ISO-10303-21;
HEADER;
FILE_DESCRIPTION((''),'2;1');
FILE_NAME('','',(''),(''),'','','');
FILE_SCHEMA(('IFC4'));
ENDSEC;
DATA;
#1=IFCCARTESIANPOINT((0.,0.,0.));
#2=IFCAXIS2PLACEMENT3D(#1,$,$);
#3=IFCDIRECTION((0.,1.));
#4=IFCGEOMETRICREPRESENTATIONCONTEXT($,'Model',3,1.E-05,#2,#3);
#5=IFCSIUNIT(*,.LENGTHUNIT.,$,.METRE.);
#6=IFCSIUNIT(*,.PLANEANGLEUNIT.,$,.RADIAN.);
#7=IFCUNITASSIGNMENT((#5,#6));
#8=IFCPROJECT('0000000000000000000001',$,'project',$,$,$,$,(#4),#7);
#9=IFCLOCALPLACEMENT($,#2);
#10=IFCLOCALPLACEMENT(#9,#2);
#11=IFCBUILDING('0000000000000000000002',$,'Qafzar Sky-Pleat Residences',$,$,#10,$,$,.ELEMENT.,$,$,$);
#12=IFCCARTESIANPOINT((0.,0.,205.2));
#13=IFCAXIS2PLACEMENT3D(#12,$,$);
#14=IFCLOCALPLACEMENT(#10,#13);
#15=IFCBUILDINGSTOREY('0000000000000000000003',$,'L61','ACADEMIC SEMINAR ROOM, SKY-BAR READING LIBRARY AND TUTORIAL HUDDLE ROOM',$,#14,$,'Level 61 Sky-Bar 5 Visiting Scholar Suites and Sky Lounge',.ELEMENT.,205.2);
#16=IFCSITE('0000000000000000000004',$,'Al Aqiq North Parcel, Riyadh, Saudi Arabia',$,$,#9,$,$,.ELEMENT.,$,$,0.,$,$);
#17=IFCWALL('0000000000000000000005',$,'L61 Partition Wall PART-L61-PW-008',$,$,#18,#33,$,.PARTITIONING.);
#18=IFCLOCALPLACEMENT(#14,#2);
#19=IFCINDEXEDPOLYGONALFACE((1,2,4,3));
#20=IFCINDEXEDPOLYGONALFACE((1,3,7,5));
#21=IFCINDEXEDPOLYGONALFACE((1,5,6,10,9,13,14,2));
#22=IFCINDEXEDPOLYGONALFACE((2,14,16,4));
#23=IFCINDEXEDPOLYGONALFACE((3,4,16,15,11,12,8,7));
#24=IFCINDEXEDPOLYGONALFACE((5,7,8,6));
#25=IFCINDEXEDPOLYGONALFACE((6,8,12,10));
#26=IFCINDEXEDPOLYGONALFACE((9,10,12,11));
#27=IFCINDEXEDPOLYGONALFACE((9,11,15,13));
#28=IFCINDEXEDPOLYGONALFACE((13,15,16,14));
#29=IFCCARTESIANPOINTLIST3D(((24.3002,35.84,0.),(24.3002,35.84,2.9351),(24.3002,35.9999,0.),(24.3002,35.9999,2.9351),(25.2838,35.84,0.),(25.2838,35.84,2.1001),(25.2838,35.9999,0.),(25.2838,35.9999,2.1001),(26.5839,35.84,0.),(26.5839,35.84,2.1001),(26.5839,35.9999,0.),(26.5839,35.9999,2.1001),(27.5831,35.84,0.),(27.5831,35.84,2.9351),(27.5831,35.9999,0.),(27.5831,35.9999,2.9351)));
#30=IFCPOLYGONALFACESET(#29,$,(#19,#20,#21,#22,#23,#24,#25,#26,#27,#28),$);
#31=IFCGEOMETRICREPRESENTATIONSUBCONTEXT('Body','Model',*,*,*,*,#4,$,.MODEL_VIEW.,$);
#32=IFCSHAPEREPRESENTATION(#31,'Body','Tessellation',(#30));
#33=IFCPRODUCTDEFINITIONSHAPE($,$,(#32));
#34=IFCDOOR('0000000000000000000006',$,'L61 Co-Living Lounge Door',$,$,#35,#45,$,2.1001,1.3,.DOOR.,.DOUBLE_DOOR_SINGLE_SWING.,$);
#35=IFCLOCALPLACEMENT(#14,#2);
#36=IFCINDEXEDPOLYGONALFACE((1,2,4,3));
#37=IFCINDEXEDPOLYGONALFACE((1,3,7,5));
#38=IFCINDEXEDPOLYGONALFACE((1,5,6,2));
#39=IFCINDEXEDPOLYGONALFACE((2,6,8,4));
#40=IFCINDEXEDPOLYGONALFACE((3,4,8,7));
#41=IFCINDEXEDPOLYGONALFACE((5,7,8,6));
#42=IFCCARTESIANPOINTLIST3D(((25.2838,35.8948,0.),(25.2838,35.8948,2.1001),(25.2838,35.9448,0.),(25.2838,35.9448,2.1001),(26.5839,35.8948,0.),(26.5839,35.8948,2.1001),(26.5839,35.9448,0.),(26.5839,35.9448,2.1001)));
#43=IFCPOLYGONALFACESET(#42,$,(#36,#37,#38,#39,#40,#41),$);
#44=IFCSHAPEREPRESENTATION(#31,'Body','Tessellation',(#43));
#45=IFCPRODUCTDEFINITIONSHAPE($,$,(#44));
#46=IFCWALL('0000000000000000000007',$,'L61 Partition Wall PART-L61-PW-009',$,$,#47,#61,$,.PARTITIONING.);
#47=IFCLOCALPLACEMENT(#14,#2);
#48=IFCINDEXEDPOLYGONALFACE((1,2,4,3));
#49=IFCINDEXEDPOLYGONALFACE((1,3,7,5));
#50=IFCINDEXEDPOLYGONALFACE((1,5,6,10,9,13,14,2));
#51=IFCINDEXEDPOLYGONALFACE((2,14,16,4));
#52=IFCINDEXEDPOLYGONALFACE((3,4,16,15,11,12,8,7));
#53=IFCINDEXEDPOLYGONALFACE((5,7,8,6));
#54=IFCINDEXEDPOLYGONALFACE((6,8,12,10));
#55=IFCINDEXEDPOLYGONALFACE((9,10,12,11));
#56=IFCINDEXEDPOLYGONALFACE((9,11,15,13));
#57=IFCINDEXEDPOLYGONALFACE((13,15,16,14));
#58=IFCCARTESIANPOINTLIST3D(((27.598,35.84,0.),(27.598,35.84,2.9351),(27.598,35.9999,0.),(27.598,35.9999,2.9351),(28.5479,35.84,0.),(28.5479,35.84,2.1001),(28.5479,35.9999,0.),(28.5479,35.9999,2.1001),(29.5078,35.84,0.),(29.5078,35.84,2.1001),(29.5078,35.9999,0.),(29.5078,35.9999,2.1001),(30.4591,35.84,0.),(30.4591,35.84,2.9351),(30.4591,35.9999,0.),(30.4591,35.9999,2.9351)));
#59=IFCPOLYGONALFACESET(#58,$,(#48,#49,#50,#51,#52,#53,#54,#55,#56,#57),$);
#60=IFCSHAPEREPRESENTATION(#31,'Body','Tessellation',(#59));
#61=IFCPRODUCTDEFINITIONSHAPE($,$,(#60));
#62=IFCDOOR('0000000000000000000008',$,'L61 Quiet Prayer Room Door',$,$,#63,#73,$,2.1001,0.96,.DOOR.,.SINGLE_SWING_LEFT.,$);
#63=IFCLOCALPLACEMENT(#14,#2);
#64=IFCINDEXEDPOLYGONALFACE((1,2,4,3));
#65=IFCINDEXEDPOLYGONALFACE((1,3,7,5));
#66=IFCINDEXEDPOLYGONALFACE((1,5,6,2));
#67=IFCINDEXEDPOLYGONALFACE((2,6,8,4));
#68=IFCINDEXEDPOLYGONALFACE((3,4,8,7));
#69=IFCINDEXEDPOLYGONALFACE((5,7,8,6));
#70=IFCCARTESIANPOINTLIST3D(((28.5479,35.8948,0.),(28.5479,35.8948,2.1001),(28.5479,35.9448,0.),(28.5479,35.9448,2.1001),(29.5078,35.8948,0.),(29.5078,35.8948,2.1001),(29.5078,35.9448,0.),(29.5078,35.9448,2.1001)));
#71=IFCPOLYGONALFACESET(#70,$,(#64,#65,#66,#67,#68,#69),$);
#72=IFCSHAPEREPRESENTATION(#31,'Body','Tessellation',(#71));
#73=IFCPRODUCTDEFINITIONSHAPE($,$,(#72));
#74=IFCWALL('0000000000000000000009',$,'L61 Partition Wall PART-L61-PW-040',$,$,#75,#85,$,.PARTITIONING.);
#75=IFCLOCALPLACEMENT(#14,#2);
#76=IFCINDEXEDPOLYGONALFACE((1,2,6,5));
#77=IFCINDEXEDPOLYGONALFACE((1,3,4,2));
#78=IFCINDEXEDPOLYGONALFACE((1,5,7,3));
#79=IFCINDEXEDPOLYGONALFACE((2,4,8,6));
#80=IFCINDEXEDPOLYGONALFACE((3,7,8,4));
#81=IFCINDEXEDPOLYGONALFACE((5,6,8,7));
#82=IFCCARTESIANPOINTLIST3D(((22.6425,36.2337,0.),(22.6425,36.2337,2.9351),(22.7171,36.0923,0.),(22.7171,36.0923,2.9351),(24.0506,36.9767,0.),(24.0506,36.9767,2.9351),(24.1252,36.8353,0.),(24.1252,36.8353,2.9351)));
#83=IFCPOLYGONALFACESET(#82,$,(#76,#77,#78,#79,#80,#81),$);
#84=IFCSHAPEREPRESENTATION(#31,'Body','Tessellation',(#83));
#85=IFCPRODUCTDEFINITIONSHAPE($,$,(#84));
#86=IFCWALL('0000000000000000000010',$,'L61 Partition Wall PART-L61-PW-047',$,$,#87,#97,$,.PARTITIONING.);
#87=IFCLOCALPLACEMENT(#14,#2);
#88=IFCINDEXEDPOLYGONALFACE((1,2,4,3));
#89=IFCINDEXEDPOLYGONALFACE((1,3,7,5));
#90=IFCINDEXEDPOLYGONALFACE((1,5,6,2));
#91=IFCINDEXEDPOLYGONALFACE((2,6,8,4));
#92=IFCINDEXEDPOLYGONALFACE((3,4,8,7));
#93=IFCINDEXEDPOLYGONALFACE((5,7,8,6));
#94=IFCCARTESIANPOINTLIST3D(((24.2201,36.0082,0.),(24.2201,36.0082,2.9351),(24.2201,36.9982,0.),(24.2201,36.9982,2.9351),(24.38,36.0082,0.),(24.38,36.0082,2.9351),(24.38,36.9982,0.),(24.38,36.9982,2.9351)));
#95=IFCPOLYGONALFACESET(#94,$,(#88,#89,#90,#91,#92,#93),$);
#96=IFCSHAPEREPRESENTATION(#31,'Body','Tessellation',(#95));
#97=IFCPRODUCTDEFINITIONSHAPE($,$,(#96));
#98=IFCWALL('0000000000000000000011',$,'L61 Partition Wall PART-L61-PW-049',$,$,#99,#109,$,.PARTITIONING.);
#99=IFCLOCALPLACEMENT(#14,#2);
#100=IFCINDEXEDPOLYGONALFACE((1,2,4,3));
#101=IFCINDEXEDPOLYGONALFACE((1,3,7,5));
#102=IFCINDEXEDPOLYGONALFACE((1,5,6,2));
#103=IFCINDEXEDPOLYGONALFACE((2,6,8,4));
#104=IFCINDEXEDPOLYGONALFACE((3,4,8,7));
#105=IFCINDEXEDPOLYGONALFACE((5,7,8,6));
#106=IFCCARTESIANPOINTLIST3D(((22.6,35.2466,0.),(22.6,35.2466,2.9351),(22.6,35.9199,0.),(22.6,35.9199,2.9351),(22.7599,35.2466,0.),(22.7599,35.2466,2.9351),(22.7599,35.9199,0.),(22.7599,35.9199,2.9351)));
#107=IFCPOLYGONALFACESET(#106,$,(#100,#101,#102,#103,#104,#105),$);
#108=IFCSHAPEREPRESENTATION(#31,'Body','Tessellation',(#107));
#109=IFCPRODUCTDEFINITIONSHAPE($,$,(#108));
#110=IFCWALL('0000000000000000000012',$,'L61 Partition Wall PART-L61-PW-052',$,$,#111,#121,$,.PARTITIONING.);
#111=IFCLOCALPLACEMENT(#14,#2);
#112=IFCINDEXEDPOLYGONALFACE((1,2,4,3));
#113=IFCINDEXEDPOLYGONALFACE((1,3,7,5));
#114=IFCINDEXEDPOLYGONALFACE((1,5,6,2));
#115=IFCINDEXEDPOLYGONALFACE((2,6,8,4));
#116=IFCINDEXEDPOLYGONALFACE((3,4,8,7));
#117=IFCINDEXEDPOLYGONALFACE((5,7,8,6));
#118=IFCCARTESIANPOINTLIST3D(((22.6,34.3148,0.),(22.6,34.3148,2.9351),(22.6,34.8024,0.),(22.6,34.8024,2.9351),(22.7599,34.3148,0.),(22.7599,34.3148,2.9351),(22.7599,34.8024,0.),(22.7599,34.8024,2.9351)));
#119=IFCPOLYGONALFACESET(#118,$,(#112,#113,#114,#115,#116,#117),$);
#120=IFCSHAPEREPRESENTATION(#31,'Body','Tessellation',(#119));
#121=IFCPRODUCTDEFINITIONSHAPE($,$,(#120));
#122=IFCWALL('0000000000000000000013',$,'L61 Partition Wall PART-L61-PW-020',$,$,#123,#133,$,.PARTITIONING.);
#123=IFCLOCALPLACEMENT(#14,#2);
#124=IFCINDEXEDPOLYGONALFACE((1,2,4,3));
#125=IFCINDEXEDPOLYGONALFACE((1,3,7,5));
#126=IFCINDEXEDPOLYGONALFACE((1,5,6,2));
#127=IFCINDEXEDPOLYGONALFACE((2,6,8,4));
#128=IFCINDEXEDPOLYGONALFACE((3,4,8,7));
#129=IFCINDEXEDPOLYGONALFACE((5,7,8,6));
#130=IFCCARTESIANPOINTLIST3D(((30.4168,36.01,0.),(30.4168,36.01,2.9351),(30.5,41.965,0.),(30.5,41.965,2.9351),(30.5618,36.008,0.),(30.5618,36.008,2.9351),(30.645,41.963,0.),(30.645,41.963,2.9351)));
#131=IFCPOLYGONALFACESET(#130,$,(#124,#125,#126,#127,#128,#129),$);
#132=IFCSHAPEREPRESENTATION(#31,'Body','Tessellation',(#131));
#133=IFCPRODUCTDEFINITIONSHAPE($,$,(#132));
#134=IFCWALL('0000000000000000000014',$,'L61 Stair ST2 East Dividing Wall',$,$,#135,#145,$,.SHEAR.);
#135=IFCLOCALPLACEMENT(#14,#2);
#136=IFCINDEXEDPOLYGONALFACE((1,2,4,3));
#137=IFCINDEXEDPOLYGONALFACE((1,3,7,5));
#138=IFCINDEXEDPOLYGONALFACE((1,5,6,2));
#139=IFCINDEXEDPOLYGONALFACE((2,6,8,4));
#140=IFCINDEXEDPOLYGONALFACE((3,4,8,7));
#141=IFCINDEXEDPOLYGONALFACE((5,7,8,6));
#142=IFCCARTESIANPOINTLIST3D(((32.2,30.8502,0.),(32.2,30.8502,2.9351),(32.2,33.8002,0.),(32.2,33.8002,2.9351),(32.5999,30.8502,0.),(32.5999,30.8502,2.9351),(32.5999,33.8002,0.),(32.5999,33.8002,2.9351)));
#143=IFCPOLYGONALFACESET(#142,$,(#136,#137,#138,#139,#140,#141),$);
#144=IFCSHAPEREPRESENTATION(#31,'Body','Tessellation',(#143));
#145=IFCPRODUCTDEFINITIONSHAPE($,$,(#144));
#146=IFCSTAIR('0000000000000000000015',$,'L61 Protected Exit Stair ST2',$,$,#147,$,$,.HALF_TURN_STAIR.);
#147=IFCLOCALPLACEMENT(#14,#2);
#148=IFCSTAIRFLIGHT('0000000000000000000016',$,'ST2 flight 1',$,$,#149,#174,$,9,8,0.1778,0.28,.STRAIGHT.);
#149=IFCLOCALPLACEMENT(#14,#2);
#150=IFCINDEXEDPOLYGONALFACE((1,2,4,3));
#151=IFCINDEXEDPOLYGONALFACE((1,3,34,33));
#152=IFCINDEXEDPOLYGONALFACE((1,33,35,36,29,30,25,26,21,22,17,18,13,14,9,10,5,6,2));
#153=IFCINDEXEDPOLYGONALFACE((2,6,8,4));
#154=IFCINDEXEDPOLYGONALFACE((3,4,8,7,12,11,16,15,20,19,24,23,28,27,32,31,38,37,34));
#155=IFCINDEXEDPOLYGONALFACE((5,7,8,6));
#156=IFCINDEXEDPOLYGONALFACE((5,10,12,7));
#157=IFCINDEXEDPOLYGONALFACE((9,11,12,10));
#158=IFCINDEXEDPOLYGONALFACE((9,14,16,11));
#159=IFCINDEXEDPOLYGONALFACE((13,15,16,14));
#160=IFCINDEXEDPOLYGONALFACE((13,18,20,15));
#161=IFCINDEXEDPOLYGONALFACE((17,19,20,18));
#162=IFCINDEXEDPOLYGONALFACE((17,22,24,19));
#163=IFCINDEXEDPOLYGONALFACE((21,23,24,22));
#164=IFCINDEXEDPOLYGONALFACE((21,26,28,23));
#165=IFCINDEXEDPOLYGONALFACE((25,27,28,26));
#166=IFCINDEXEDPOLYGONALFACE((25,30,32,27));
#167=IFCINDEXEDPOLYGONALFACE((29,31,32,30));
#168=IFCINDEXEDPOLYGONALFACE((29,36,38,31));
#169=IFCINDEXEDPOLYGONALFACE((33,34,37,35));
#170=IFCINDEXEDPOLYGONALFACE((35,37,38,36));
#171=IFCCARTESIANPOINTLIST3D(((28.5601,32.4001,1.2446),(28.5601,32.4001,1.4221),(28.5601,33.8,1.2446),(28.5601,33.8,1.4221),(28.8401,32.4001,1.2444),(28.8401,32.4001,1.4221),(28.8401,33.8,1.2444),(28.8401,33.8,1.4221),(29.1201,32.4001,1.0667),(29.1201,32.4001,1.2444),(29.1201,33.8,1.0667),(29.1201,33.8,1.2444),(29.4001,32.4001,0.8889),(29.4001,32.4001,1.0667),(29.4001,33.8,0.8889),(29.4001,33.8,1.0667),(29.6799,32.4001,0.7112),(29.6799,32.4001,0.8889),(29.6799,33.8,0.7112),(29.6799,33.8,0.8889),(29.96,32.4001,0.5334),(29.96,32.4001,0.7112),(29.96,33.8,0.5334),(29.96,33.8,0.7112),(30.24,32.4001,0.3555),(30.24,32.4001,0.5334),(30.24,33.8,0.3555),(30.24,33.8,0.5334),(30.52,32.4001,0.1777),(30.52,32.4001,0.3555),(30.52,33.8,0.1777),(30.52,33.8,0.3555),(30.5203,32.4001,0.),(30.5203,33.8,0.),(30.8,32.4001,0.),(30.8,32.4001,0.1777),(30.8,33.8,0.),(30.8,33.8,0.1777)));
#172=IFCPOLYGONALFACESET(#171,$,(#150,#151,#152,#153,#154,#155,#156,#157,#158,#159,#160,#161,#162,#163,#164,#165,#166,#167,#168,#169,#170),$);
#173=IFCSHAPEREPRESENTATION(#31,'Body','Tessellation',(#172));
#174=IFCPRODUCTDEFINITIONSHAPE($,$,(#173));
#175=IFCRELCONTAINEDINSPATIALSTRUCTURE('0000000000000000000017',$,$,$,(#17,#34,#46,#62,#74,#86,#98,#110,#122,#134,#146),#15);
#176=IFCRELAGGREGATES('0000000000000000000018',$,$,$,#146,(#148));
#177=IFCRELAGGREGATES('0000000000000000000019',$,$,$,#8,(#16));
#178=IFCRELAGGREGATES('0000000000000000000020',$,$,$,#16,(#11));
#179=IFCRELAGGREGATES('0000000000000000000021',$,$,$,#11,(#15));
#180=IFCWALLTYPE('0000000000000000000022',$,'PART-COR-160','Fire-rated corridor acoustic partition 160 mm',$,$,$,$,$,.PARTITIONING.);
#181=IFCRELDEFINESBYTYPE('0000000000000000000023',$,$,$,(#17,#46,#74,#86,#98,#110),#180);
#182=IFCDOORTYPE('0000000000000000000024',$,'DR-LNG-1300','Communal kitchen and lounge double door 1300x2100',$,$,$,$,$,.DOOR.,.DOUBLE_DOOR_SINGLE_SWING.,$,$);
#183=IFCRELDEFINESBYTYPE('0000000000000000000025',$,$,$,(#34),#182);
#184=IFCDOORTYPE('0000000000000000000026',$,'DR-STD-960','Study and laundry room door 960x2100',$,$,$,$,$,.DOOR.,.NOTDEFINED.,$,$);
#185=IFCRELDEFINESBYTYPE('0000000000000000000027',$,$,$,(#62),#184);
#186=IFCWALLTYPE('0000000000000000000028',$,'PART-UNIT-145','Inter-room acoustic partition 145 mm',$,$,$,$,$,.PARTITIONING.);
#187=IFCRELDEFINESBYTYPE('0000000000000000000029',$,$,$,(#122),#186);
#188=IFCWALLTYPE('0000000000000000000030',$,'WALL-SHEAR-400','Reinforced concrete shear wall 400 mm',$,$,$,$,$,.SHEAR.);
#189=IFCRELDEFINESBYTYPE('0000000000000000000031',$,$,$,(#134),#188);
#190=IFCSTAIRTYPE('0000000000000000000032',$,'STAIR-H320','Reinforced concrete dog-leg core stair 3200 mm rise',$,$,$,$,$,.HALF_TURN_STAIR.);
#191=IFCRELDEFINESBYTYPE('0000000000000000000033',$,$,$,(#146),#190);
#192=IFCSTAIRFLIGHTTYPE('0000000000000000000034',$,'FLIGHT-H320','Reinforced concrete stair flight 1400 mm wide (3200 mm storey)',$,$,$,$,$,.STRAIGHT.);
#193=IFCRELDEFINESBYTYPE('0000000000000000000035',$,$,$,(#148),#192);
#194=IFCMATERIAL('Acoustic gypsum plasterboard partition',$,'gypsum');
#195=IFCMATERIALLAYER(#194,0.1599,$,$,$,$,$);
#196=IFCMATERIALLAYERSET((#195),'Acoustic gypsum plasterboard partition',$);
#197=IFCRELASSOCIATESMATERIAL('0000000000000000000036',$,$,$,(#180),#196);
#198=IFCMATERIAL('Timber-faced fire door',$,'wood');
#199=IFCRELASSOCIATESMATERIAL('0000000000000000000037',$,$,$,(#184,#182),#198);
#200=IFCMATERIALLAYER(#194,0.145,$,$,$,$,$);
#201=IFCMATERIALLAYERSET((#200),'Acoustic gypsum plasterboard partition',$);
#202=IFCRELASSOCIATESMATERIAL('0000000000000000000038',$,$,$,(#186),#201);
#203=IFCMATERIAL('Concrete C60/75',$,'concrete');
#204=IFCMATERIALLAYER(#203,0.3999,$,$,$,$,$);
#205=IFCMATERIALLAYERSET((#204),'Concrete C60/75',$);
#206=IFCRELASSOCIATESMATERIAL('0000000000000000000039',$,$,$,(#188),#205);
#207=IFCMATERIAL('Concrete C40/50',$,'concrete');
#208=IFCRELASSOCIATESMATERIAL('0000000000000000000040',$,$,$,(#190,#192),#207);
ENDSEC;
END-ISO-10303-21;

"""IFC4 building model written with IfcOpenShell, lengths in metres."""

from ifc_helpers import new_model, si_unit, direction, frame, frame_2d, origin, place, context, subcontext, project, spatial, polyline, rectangle, outline, extrude, source, transform, mapped, material, layer, layer_set, type_object, element, fill, aggregate, save


model = new_model("IFC4")

# Units and contexts
model_context = context("Model", 3, precision=1e-05, world=origin(), true_north=direction((0.0, 1.0)))
body_context = subcontext(model_context, "Body", "Model", "MODEL_VIEW")
ifc_project = project(units=[si_unit("LENGTHUNIT", "METRE"), si_unit("PLANEANGLEUNIT", "RADIAN")], contexts=[model_context])

# Site, building, storey
site_placement = place(None, origin())
site = spatial("IfcSite", under=ifc_project, at=site_placement, Name="Al Aqiq North Parcel, Riyadh, Saudi Arabia", CompositionType="ELEMENT", RefElevation=0.0)
building_placement = place(site_placement, origin())
building = spatial("IfcBuilding", under=site, at=building_placement, Name="Qafzar Sky-Pleat Residences", CompositionType="ELEMENT")
storey_placement = place(building_placement, frame((0.0, 0.0, 205.2)))
storey = spatial("IfcBuildingStorey", under=building, at=storey_placement, Name="L61", Description="ACADEMIC SEMINAR ROOM, SKY-BAR READING LIBRARY AND TUTORIAL HUDDLE ROOM", LongName="Level 61 Sky-Bar 5 Visiting Scholar Suites and Sky Lounge", CompositionType="ELEMENT", Elevation=205.2)

# Walls, openings, doors
ifc_material_1 = material(Name="Acoustic gypsum plasterboard partition", Category="gypsum")
ifc_layer_1 = layer(ifc_material_1, 0.1599)
ifc_layer_set_1 = layer_set([ifc_layer_1], Name="Acoustic gypsum plasterboard partition")
wall_type_1 = type_object("IfcWallType", Name="PART-COR-160", Description="Fire-rated corridor acoustic partition 160 mm", PredefinedType="PARTITIONING", material=ifc_layer_set_1)
ifc_material_2 = material(Name="Timber-faced fire door", Category="wood")
door_type_1 = type_object("IfcDoorType", Name="DR-STD-960", Description="Study and laundry room door 960x2100", OperationType="NOTDEFINED", PredefinedType="DOOR", material=ifc_material_2)
shared_shape_1 = source(origin(), body_context, "Body", "SweptSolid", [
    extrude(rectangle(XDim=0.96, YDim=2.1001, at=frame_2d((0.48, 1.05))), frame((0.0, 0.0249, 0.0), z_axis=(0.0, -1.0, 0.0), x_axis=(1.0, 0.0, 0.0)), (0.0, 0.0, 1.0), 0.05),
])
wall_1_placement = place(storey_placement, frame((24.3, 35.9199, 0.0), z_axis=(0.0, 0.0, 1.0), x_axis=(1.0, 0.0, 0.0)))
wall_1 = element("IfcWall", 1, at=wall_1_placement, inside=storey, type_object=wall_type_1, Name="L61 Partition Wall PART-L61-PW-008", PredefinedType="PARTITIONING", context=body_context, shape_type="SweptSolid", body=[
    extrude(rectangle(XDim=3.283, YDim=0.1599, at=frame_2d((1.6416, 0.0))), origin(), (0.0, 0.0, 1.0), 2.9351),
])
opening_1_placement = place(wall_1_placement, frame((0.9839, 0.0, 0.0)))
opening_1 = element("IfcOpeningElement", 2, at=opening_1_placement, cuts=wall_1, PredefinedType="OPENING", context=body_context, shape_type="SweptSolid", body=[
    extrude(rectangle(XDim=1.3, YDim=2.1001, at=frame_2d((0.6499, 1.05))), frame((0.0, 0.0898, 0.0), z_axis=(0.0, -1.0, 0.0), x_axis=(1.0, 0.0, 0.0)), (0.0, 0.0, 1.0), 0.1799),
])
door_type_2 = type_object("IfcDoorType", Name="DR-LNG-1300", Description="Communal kitchen and lounge double door 1300x2100", OperationType="DOUBLE_DOOR_SINGLE_SWING", PredefinedType="DOOR", material=ifc_material_2)
shared_shape_2 = source(origin(), body_context, "Body", "SweptSolid", [
    extrude(rectangle(XDim=1.3, YDim=2.1001, at=frame_2d((0.6499, 1.05))), frame((0.0, 0.0249, 0.0), z_axis=(0.0, -1.0, 0.0), x_axis=(1.0, 0.0, 0.0)), (0.0, 0.0, 1.0), 0.05),
])
door_1_placement = place(opening_1_placement, origin())
door_1 = element("IfcDoor", 3, at=door_1_placement, inside=storey, type_object=door_type_2, Name="L61 Co-Living Lounge Door", OperationType="DOUBLE_DOOR_SINGLE_SWING", OverallHeight=2.1001, OverallWidth=1.3, PredefinedType="DOOR", context=body_context, shape_type="MappedRepresentation", body=[
    mapped(shared_shape_2, transform((0.0, 0.0, 0.0), x_axis=(1.0, 0.0, 0.0), y_axis=(0.0, 1.0, 0.0), z_axis=(0.0, 0.0, 1.0), scale=1.0)),
])
fill(opening_1, door_1)
wall_2_placement = place(storey_placement, frame((27.5979, 35.9199, 0.0), z_axis=(0.0, 0.0, 1.0), x_axis=(1.0, 0.0, 0.0)))
wall_2 = element("IfcWall", 4, at=wall_2_placement, inside=storey, type_object=wall_type_1, Name="L61 Partition Wall PART-L61-PW-009", PredefinedType="PARTITIONING", context=body_context, shape_type="SweptSolid", body=[
    extrude(rectangle(XDim=2.8611, YDim=0.1599, at=frame_2d((1.4307, 0.0))), origin(), (0.0, 0.0, 1.0), 2.9351),
])
opening_2_placement = place(wall_2_placement, frame((0.95, 0.0, 0.0)))
opening_2 = element("IfcOpeningElement", 5, at=opening_2_placement, cuts=wall_2, PredefinedType="OPENING", context=body_context, shape_type="SweptSolid", body=[
    extrude(rectangle(XDim=0.96, YDim=2.1001, at=frame_2d((0.48, 1.05))), frame((0.0, 0.0898, 0.0), z_axis=(0.0, -1.0, 0.0), x_axis=(1.0, 0.0, 0.0)), (0.0, 0.0, 1.0), 0.1799),
])
door_2_placement = place(opening_2_placement, origin())
door_2 = element("IfcDoor", 6, at=door_2_placement, inside=storey, type_object=door_type_1, Name="L61 Quiet Prayer Room Door", OperationType="SINGLE_SWING_LEFT", OverallHeight=2.1001, OverallWidth=0.96, PredefinedType="DOOR", context=body_context, shape_type="MappedRepresentation", body=[
    mapped(shared_shape_1, transform((0.0, 0.0, 0.0), x_axis=(1.0, 0.0, 0.0), y_axis=(0.0, 1.0, 0.0), z_axis=(0.0, 0.0, 1.0), scale=1.0)),
])
fill(opening_2, door_2)

# Walls
wall_3_placement = place(storey_placement, frame((22.6799, 36.1631, 0.0), z_axis=(0.0, 0.0, 1.0), x_axis=(0.884429, 0.466675, 0.0)))
element("IfcWall", 7, at=wall_3_placement, inside=storey, type_object=wall_type_1, Name="L61 Partition Wall PART-L61-PW-040", PredefinedType="PARTITIONING", context=body_context, shape_type="SweptSolid", body=[
    extrude(rectangle(XDim=1.592, YDim=0.1599, at=frame_2d((0.7959, 0.0))), origin(), (0.0, 0.0, 1.0), 2.9351),
])
wall_4_placement = place(storey_placement, frame((24.3, 36.0081, 0.0), z_axis=(0.0, 0.0, 1.0), x_axis=(0.0, 1.0, 0.0)))
element("IfcWall", 8, at=wall_4_placement, inside=storey, type_object=wall_type_1, Name="L61 Partition Wall PART-L61-PW-047", PredefinedType="PARTITIONING", context=body_context, shape_type="SweptSolid", body=[
    extrude(rectangle(XDim=0.99, YDim=0.1599, at=frame_2d((0.4951, 0.0))), origin(), (0.0, 0.0, 1.0), 2.9351),
])
wall_5_placement = place(storey_placement, frame((22.6799, 35.2466, 0.0), z_axis=(0.0, 0.0, 1.0), x_axis=(0.0, 1.0, 0.0)))
element("IfcWall", 9, at=wall_5_placement, inside=storey, type_object=wall_type_1, Name="L61 Partition Wall PART-L61-PW-049", PredefinedType="PARTITIONING", context=body_context, shape_type="SweptSolid", body=[
    extrude(rectangle(XDim=0.6733, YDim=0.1599, at=frame_2d((0.3367, 0.0))), origin(), (0.0, 0.0, 1.0), 2.9351),
])
wall_6_placement = place(storey_placement, frame((22.6799, 34.3149, 0.0), z_axis=(0.0, 0.0, 1.0), x_axis=(0.0, 1.0, 0.0)))
element("IfcWall", 10, at=wall_6_placement, inside=storey, type_object=wall_type_1, Name="L61 Partition Wall PART-L61-PW-052", PredefinedType="PARTITIONING", context=body_context, shape_type="SweptSolid", body=[
    extrude(rectangle(XDim=0.4875, YDim=0.1599, at=frame_2d((0.2437, 0.0))), origin(), (0.0, 0.0, 1.0), 2.9351),
])
ifc_layer_2 = layer(ifc_material_1, 0.145)
ifc_layer_set_2 = layer_set([ifc_layer_2], Name="Acoustic gypsum plasterboard partition")
wall_type_2 = type_object("IfcWallType", Name="PART-UNIT-145", Description="Inter-room acoustic partition 145 mm", PredefinedType="PARTITIONING", material=ifc_layer_set_2)
wall_7_placement = place(storey_placement, frame((30.4893, 36.009, 0.0), z_axis=(0.0, 0.0, 1.0), x_axis=(0.013979, 0.999902, 0.0)))
element("IfcWall", 11, at=wall_7_placement, inside=storey, type_object=wall_type_2, Name="L61 Partition Wall PART-L61-PW-020", PredefinedType="PARTITIONING", context=body_context, shape_type="SweptSolid", body=[
    extrude(rectangle(XDim=5.9556, YDim=0.145, at=frame_2d((2.9778, 0.0))), origin(), (0.0, 0.0, 1.0), 2.9351),
])

# Shared definitions
ifc_material_3 = material(Name="Concrete C60/75", Category="concrete")

# Wall
ifc_layer_3 = layer(ifc_material_3, 0.3999)
ifc_layer_set_3 = layer_set([ifc_layer_3], Name="Concrete C60/75")
wall_type_3 = type_object("IfcWallType", Name="WALL-SHEAR-400", Description="Reinforced concrete shear wall 400 mm", PredefinedType="SHEAR", material=ifc_layer_set_3)
wall_8_placement = place(storey_placement, frame((32.3999, 30.8501, 0.0), z_axis=(0.0, 0.0, 1.0), x_axis=(0.0, 1.0, 0.0)))
element("IfcWall", 12, at=wall_8_placement, inside=storey, type_object=wall_type_3, Name="L61 Stair ST2 East Dividing Wall", PredefinedType="SHEAR", context=body_context, shape_type="SweptSolid", body=[
    extrude(rectangle(XDim=2.95, YDim=0.3999, at=frame_2d((1.4751, 0.0))), origin(), (0.0, 0.0, 1.0), 2.9351),
])

# Stair, stair flight
ifc_material_4 = material(Name="Concrete C40/50", Category="concrete")
stair_type = type_object("IfcStairType", Name="STAIR-H320", Description="Reinforced concrete dog-leg core stair 3200 mm rise", PredefinedType="HALF_TURN_STAIR", material=ifc_material_4)
stair_placement = place(storey_placement, origin())
stair = element("IfcStair", 13, at=stair_placement, inside=storey, type_object=stair_type, Name="L61 Protected Exit Stair ST2", PredefinedType="HALF_TURN_STAIR")
stair_flight_type = type_object("IfcStairFlightType", Name="FLIGHT-H320", Description="Reinforced concrete stair flight 1400 mm wide (3200 mm storey)", PredefinedType="STRAIGHT", material=ifc_material_4)
shared_shape_3 = source(origin(), body_context, "Body", "SweptSolid", [
    extrude(outline(polyline([(0.0, 0.0), (0.0, 0.1777), (0.28, 0.1777), (0.28, 0.3555), (0.5601, 0.3555), (0.5601, 0.5334), (0.8401, 0.5334), (0.8401, 0.7112), (1.1201, 0.7112), (1.1201, 0.8889), (1.3999, 0.8889), (1.3999, 1.0667), (1.6799, 1.0667), (1.6799, 1.2444), (1.96, 1.2444), (1.96, 1.4221), (2.24, 1.4221), (2.24, 1.6001), (2.24, 1.2446), (0.2798, 0.0), (0.0, 0.0)])), frame((0.0, 0.7, 0.0), z_axis=(0.0, -1.0, 0.0), x_axis=(1.0, 0.0, 0.0)), (0.0, 0.0, 1.0), 1.3999),
])
stair_flight_1_placement = place(storey_placement, frame((30.8, 33.1001, 0.0), z_axis=(0.0, 0.0, 1.0), x_axis=(-1.0, 0.0, 0.0)))
stair_flight_1 = element("IfcStairFlight", 14, at=stair_flight_1_placement, type_object=stair_flight_type, Name="ST2 flight 1", NumberOfRisers=9, NumberOfTreads=8, PredefinedType="STRAIGHT", RiserHeight=0.1778, TreadLength=0.28, context=body_context, shape_type="MappedRepresentation", body=[
    mapped(shared_shape_3, transform((0.0, 0.0, 0.0), x_axis=(1.0, 0.0, 0.0), y_axis=(0.0, 1.0, 0.0), z_axis=(0.0, 0.0, 1.0), scale=1.0)),
])
aggregate(stair, [stair_flight_1])

save(model, "model.ifc")
